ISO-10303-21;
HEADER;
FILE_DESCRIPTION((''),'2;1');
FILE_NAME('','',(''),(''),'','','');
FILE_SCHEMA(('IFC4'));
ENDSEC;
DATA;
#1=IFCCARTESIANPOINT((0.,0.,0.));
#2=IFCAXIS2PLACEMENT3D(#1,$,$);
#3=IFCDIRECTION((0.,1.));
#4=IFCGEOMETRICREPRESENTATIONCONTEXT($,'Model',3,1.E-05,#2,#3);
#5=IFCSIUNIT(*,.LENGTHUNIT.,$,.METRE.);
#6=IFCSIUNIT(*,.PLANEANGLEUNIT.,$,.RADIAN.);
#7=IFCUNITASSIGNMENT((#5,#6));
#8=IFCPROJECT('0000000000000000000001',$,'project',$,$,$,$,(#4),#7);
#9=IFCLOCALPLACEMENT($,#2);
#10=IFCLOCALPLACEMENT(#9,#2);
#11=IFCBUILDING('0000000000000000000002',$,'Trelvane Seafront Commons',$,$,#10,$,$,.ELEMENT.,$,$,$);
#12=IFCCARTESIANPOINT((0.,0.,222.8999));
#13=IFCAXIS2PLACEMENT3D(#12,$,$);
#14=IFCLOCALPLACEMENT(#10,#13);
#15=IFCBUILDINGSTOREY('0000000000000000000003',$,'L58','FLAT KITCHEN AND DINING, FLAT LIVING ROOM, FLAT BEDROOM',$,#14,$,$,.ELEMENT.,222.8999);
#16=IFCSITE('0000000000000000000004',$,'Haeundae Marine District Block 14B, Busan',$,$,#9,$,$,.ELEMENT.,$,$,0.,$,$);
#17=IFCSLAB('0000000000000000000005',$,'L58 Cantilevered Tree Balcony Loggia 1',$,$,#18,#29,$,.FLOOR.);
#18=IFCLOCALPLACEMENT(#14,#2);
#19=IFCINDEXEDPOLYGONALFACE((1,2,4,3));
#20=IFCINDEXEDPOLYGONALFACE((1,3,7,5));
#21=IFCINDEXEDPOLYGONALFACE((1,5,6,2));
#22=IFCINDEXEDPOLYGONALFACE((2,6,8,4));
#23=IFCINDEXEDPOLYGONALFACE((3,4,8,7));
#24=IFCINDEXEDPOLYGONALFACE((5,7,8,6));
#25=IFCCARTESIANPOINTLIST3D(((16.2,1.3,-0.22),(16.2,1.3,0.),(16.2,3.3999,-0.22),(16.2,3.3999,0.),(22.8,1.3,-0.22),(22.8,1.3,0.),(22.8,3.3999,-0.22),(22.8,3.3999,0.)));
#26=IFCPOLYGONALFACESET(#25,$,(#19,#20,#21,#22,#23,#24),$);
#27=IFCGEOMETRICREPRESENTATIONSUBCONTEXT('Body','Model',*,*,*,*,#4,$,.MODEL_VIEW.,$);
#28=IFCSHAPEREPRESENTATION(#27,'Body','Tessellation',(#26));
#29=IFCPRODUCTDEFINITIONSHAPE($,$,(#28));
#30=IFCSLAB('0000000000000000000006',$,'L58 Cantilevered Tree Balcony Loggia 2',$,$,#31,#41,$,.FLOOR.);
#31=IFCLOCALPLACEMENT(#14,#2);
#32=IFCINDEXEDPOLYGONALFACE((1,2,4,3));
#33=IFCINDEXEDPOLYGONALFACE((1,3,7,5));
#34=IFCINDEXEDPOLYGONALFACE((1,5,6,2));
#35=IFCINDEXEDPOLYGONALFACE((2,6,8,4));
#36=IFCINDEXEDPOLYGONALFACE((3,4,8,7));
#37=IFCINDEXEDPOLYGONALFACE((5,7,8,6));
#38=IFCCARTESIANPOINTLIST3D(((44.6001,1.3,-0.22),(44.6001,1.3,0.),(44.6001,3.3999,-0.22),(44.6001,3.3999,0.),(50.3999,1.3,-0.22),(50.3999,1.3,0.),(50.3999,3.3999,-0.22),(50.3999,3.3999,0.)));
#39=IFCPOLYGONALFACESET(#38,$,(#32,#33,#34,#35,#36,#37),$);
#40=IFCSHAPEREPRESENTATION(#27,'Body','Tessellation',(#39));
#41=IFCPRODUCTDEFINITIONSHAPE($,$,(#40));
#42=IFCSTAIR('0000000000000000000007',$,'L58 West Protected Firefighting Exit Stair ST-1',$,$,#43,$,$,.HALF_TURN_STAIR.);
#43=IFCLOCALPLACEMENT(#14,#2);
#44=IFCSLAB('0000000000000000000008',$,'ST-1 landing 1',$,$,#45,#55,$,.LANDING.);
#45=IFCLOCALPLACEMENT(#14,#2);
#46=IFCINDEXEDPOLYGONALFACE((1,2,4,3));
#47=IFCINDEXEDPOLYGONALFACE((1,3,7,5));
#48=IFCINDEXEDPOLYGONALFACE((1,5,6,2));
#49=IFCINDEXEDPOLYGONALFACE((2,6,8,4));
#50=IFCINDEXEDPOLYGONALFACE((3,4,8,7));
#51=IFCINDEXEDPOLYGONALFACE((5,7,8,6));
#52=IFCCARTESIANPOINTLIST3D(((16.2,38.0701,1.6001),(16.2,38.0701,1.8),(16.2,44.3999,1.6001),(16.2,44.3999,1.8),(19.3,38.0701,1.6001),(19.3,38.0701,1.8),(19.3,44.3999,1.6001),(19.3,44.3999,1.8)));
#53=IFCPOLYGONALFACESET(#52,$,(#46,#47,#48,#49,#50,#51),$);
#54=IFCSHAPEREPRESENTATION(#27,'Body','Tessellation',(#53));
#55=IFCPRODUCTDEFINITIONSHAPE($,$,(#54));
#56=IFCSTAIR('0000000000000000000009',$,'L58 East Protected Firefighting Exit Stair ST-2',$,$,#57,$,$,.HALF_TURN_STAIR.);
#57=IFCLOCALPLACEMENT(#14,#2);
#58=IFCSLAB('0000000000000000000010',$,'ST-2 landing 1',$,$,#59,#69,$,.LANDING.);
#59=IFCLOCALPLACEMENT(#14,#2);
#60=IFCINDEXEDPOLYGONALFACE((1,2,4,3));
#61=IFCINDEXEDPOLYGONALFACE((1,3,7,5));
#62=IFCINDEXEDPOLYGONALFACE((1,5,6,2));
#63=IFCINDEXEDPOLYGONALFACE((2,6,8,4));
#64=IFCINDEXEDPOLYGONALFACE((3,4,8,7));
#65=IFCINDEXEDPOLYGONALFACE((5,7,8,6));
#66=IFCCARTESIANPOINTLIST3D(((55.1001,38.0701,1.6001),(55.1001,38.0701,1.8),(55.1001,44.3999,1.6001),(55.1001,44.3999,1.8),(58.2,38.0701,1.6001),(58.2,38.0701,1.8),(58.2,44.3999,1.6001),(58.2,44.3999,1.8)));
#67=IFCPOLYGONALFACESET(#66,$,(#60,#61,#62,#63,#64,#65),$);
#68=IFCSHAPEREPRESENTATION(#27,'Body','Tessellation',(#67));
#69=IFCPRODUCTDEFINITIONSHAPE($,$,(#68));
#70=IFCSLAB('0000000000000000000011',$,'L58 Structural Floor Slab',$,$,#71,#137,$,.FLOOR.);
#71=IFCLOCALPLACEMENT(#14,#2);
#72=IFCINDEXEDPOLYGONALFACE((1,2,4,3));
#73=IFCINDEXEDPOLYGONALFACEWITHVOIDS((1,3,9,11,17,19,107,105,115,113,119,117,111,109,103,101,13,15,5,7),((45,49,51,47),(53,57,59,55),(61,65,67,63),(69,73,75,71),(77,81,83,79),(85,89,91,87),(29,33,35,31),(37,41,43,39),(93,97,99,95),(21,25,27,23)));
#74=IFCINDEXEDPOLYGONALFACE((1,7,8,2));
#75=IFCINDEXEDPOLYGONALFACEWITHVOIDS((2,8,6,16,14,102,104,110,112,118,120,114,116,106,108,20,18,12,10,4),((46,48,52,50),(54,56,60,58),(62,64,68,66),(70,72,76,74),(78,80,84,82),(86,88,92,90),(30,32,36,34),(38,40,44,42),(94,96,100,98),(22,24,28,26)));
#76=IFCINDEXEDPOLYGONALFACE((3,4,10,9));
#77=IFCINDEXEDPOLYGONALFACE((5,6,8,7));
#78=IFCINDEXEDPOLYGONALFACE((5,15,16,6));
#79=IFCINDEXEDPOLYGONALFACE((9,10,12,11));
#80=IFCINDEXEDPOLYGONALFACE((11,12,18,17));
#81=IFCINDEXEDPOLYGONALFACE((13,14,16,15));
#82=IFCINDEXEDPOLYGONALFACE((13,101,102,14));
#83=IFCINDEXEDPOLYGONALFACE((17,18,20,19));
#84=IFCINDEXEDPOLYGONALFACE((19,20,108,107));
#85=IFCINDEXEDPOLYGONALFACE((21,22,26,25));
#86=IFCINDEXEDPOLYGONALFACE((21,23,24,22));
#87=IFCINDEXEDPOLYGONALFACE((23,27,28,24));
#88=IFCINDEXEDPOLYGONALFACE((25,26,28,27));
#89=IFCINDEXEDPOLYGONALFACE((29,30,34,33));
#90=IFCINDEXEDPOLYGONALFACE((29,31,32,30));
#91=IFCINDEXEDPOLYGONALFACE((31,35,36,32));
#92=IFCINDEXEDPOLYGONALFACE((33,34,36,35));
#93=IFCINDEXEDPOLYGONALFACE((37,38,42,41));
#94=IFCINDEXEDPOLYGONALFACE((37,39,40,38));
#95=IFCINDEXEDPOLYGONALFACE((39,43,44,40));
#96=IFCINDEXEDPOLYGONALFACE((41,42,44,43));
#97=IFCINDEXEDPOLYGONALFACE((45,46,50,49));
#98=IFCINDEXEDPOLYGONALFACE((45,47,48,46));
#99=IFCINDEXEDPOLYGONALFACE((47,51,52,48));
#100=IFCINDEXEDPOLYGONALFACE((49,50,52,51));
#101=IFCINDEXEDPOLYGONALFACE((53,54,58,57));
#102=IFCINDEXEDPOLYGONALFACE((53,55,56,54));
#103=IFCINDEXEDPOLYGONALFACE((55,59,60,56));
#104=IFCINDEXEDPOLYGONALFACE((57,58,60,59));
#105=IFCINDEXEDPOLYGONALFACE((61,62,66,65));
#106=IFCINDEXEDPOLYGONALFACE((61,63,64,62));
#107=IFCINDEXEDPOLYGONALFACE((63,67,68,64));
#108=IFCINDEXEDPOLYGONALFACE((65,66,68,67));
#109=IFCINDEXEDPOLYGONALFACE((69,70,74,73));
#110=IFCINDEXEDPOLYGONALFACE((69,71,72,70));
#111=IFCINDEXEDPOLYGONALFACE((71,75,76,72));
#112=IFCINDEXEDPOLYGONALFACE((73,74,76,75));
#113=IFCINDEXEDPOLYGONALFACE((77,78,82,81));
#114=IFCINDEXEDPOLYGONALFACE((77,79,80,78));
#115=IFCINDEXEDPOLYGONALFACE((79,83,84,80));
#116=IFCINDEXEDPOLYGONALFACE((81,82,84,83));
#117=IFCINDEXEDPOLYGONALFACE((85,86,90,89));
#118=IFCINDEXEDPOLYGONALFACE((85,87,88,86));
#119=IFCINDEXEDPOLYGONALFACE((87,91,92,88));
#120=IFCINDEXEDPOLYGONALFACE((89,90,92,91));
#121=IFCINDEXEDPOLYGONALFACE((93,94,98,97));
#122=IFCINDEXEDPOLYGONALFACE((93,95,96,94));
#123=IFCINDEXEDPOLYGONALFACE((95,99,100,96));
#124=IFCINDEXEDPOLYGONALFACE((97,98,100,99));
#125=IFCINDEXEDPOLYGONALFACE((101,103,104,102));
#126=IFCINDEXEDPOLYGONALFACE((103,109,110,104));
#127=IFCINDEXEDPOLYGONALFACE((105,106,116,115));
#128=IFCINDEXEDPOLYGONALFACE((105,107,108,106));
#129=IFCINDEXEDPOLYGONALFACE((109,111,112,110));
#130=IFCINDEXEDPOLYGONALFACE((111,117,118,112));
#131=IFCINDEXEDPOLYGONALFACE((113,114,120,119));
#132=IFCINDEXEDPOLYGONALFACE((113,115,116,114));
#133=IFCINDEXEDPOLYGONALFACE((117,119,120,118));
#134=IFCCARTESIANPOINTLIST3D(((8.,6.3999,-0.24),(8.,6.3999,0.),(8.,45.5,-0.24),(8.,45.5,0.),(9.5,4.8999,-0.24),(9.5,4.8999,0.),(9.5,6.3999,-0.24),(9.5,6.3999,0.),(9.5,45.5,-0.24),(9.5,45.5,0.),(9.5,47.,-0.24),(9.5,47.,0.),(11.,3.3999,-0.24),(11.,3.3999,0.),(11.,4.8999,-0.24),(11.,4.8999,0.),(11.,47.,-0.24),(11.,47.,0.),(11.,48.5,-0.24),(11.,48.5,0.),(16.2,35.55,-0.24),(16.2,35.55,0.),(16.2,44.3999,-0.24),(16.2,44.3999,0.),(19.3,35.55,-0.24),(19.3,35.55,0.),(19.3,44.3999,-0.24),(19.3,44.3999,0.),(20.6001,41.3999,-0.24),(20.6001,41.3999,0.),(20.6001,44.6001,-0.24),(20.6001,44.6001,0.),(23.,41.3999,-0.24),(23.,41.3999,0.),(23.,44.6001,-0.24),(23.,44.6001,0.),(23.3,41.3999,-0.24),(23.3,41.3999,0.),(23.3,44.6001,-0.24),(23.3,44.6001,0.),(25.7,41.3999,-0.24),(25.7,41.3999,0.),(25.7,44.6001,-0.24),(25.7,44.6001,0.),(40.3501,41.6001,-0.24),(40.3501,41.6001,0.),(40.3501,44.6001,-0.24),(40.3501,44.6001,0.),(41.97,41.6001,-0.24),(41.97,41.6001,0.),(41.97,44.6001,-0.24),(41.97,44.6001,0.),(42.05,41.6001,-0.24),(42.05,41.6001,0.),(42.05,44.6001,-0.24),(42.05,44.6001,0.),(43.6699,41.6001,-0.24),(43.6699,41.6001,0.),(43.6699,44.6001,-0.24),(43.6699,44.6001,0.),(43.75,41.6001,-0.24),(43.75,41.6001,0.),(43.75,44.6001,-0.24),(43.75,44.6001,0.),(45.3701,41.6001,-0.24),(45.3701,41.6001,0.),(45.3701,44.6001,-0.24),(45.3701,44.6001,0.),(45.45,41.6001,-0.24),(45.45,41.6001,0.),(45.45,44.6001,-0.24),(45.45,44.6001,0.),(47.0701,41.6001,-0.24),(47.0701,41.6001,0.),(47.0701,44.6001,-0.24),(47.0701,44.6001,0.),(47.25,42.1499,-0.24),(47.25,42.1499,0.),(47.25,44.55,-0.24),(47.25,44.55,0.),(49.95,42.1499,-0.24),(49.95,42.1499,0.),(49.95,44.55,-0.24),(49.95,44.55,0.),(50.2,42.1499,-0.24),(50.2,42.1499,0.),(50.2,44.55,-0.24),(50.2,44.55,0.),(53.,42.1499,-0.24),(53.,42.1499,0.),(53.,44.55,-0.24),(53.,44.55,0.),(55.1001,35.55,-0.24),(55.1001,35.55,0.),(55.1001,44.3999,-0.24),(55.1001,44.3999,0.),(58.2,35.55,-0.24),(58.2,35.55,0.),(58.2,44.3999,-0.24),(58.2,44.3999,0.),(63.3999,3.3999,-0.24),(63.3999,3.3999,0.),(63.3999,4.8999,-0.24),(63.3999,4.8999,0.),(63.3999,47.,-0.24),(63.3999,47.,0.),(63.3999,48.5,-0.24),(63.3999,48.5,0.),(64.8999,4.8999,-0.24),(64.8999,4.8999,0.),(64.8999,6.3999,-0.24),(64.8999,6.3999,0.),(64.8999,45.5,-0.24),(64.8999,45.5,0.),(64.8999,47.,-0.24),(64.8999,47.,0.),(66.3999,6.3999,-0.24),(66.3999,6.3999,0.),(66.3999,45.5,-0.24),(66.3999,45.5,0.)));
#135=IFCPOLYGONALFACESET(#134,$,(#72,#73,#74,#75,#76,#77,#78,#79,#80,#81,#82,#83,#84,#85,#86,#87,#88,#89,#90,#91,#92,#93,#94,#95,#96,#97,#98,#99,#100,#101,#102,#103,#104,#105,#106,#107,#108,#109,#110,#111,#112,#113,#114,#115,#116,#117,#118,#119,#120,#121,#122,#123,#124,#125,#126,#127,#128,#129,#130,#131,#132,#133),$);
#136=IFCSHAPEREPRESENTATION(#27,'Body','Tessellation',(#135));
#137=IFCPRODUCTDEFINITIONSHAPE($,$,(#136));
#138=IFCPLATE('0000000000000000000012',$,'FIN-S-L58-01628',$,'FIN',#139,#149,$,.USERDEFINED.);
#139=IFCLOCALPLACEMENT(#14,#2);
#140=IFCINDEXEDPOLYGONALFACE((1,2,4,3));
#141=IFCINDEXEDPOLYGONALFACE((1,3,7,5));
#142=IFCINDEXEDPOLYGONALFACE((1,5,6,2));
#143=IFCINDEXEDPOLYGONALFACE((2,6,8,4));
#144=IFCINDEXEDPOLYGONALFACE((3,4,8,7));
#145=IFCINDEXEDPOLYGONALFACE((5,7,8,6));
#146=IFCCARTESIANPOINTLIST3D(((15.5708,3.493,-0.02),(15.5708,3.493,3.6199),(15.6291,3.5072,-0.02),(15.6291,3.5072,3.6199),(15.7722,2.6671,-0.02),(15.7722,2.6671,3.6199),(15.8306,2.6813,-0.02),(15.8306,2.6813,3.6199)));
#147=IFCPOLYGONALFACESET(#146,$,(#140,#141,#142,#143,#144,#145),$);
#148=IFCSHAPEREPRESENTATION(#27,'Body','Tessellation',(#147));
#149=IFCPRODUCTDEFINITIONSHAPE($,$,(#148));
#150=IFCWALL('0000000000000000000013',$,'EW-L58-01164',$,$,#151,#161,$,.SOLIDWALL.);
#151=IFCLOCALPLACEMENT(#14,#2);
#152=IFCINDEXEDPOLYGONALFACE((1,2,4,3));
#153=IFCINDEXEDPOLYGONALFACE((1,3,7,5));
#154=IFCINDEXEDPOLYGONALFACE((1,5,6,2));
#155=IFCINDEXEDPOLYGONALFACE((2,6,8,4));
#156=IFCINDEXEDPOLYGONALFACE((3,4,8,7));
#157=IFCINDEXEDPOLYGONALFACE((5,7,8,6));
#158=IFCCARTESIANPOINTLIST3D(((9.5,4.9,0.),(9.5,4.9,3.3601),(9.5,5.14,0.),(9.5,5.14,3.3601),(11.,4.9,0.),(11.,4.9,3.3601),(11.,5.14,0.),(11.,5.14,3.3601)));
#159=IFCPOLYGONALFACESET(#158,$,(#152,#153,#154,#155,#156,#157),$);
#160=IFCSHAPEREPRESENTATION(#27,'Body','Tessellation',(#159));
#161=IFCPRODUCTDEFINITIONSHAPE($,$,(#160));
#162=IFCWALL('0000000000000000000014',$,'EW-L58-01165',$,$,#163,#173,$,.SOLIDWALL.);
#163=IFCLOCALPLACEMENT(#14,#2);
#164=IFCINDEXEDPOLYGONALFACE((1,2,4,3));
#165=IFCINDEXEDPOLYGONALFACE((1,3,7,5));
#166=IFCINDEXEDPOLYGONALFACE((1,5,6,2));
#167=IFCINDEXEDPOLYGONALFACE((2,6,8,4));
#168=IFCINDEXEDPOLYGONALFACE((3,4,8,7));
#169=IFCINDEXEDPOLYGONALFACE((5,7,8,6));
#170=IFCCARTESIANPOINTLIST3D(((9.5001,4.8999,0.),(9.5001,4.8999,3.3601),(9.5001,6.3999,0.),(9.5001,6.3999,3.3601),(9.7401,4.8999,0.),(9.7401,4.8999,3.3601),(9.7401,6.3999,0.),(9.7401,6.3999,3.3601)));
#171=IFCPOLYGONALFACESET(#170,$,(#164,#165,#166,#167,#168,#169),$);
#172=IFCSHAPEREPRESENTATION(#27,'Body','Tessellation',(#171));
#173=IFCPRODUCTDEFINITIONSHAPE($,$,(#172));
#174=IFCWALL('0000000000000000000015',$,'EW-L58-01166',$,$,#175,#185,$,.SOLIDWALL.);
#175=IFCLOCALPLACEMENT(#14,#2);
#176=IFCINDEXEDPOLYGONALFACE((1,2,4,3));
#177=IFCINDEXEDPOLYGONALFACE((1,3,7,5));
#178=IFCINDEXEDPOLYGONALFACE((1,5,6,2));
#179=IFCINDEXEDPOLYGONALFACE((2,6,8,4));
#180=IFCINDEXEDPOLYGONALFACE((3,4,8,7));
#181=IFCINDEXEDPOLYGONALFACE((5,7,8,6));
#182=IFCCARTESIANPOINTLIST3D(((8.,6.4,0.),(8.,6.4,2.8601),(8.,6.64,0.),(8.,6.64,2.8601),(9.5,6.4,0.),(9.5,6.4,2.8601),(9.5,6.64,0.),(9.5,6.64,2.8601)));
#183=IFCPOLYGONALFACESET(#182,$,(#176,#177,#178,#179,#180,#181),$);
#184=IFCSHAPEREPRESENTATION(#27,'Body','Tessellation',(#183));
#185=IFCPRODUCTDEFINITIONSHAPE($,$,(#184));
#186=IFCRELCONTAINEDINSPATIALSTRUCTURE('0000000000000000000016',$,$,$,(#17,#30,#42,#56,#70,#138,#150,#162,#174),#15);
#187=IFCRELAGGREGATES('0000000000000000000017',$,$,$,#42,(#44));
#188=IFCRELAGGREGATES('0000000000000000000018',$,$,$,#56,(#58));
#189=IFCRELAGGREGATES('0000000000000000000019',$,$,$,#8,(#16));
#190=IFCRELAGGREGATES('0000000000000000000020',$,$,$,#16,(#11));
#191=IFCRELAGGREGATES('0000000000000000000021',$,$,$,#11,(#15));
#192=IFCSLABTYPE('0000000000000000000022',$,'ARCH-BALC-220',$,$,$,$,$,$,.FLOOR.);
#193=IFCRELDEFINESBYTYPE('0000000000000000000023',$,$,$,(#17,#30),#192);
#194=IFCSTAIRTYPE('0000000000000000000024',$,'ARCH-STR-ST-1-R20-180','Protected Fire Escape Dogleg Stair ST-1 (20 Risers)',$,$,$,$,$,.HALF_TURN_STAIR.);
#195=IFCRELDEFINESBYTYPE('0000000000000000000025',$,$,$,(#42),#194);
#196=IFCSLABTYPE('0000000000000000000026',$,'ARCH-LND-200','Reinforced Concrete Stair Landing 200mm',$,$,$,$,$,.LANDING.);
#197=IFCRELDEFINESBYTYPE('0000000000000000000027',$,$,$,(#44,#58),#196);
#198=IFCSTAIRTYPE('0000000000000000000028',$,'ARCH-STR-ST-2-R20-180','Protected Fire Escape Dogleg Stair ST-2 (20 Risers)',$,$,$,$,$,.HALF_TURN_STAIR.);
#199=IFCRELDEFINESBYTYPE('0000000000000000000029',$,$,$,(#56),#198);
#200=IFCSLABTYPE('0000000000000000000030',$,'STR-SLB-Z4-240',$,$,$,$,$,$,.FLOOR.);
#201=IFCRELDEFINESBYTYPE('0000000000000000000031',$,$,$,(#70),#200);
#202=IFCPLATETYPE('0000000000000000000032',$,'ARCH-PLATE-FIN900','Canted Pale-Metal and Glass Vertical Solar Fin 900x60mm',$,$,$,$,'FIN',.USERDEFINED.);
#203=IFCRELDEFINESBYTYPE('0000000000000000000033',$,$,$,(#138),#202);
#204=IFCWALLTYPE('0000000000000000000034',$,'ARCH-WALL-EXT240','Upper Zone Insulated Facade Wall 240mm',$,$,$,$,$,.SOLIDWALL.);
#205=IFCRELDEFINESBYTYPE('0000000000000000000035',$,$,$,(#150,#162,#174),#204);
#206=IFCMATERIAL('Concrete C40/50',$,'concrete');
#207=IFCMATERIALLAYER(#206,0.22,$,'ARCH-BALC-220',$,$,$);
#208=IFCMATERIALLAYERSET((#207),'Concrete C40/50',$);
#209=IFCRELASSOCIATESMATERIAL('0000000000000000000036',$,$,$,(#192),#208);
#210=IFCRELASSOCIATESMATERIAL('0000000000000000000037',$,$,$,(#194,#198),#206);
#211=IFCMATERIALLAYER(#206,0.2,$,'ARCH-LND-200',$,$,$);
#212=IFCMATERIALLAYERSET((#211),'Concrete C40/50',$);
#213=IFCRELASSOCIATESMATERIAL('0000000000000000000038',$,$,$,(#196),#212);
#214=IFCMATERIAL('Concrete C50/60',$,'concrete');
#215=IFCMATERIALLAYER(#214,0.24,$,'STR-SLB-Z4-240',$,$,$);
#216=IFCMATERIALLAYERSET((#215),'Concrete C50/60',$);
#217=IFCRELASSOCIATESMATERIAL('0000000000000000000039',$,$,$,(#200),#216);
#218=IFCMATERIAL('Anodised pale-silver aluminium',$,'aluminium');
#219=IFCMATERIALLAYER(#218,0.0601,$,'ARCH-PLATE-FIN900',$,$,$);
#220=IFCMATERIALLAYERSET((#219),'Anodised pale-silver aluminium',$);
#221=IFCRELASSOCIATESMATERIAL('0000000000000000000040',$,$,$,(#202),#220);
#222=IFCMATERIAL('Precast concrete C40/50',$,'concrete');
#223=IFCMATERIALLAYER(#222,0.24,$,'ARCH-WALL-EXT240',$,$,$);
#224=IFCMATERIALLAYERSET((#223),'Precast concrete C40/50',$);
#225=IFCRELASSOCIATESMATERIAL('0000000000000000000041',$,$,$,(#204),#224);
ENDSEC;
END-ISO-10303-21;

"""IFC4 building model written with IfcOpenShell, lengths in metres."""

from ifc_helpers import new_model, si_unit, direction, frame, frame_2d, origin, origin_2d, place, context, subcontext, project, spatial, polyline, rectangle, outline, extrude, source, transform, mapped, material, layer, layer_set, type_object, element, aggregate, save


model = new_model("IFC4")

# Units and contexts
model_context = context("Model", 3, precision=1e-05, world=origin(), true_north=direction((0.0, 1.0)))
body_context = subcontext(model_context, "Body", "Model", "MODEL_VIEW")
ifc_project = project(units=[si_unit("LENGTHUNIT", "METRE"), si_unit("PLANEANGLEUNIT", "RADIAN")], contexts=[model_context])

# Site, building, storey
site_placement = place(None, origin())
site = spatial("IfcSite", under=ifc_project, at=site_placement, Name="Haeundae Marine District Block 14B, Busan", CompositionType="ELEMENT", RefElevation=0.0)
building_placement = place(site_placement, origin())
building = spatial("IfcBuilding", under=site, at=building_placement, Name="Trelvane Seafront Commons", CompositionType="ELEMENT")
storey_placement = place(building_placement, frame((0.0, 0.0, 222.8999)))
storey = spatial("IfcBuildingStorey", under=building, at=storey_placement, Name="L58", Description="FLAT KITCHEN AND DINING, FLAT LIVING ROOM, FLAT BEDROOM", CompositionType="ELEMENT", Elevation=222.8999)

# Slabs
ifc_material_1 = material(Name="Concrete C40/50", Category="concrete")
ifc_layer_1 = layer(ifc_material_1, 0.22, Name="ARCH-BALC-220")
ifc_layer_set_1 = layer_set([ifc_layer_1], Name="Concrete C40/50")
slab_type_1 = type_object("IfcSlabType", Name="ARCH-BALC-220", PredefinedType="FLOOR", material=ifc_layer_set_1)
slab_1_placement = place(storey_placement, frame((0.0, 0.0, -0.22)))
element("IfcSlab", 1, at=slab_1_placement, inside=storey, type_object=slab_type_1, Name="L58 Cantilevered Tree Balcony Loggia 1", PredefinedType="FLOOR", context=body_context, shape_type="SweptSolid", body=[
    extrude(outline(polyline([(16.2, 1.3), (22.8, 1.3), (22.8, 3.3999), (16.2, 3.3999), (16.2, 1.3)])), origin(), (0.0, 0.0, 1.0), 0.22),
])
slab_2_placement = place(storey_placement, frame((0.0, 0.0, -0.22)))
element("IfcSlab", 2, at=slab_2_placement, inside=storey, type_object=slab_type_1, Name="L58 Cantilevered Tree Balcony Loggia 2", PredefinedType="FLOOR", context=body_context, shape_type="SweptSolid", body=[
    extrude(outline(polyline([(44.6001, 1.3), (50.3999, 1.3), (50.3999, 3.3999), (44.6001, 3.3999), (44.6001, 1.3)])), origin(), (0.0, 0.0, 1.0), 0.22),
])

# Stairs, slabs
stair_type_1 = type_object("IfcStairType", Name="ARCH-STR-ST-1-R20-180", Description="Protected Fire Escape Dogleg Stair ST-1 (20 Risers)", PredefinedType="HALF_TURN_STAIR", material=ifc_material_1)
stair_1_placement = place(storey_placement, origin())
stair_1 = element("IfcStair", 3, at=stair_1_placement, inside=storey, type_object=stair_type_1, Name="L58 West Protected Firefighting Exit Stair ST-1", PredefinedType="HALF_TURN_STAIR")
ifc_layer_2 = layer(ifc_material_1, 0.2, Name="ARCH-LND-200")
ifc_layer_set_2 = layer_set([ifc_layer_2], Name="Concrete C40/50")
slab_type_2 = type_object("IfcSlabType", Name="ARCH-LND-200", Description="Reinforced Concrete Stair Landing 200mm", PredefinedType="LANDING", material=ifc_layer_set_2)
slab_3_placement = place(storey_placement, frame((0.0, 0.0, 1.6001)))
slab_3 = element("IfcSlab", 4, at=slab_3_placement, type_object=slab_type_2, Name="ST-1 landing 1", PredefinedType="LANDING", context=body_context, shape_type="SweptSolid", body=[
    extrude(outline(polyline([(19.3, 38.0701), (19.3, 44.3999), (16.2, 44.3999), (16.2, 38.0701), (19.3, 38.0701)])), origin(), (0.0, 0.0, 1.0), 0.2),
])
aggregate(stair_1, [slab_3])
stair_type_2 = type_object("IfcStairType", Name="ARCH-STR-ST-2-R20-180", Description="Protected Fire Escape Dogleg Stair ST-2 (20 Risers)", PredefinedType="HALF_TURN_STAIR", material=ifc_material_1)
stair_2_placement = place(storey_placement, origin())
stair_2 = element("IfcStair", 5, at=stair_2_placement, inside=storey, type_object=stair_type_2, Name="L58 East Protected Firefighting Exit Stair ST-2", PredefinedType="HALF_TURN_STAIR")
slab_4_placement = place(storey_placement, frame((0.0, 0.0, 1.6001)))
slab_4 = element("IfcSlab", 6, at=slab_4_placement, type_object=slab_type_2, Name="ST-2 landing 1", PredefinedType="LANDING", context=body_context, shape_type="SweptSolid", body=[
    extrude(outline(polyline([(58.2, 38.0701), (58.2, 44.3999), (55.1001, 44.3999), (55.1001, 38.0701), (58.2, 38.0701)])), origin(), (0.0, 0.0, 1.0), 0.2),
])
aggregate(stair_2, [slab_4])

# Slab
ifc_material_2 = material(Name="Concrete C50/60", Category="concrete")
ifc_layer_3 = layer(ifc_material_2, 0.24, Name="STR-SLB-Z4-240")
ifc_layer_set_3 = layer_set([ifc_layer_3], Name="Concrete C50/60")
slab_type_3 = type_object("IfcSlabType", Name="STR-SLB-Z4-240", PredefinedType="FLOOR", material=ifc_layer_set_3)
slab_5_placement = place(storey_placement, frame((0.0, 0.0, -0.24)))
element("IfcSlab", 7, at=slab_5_placement, inside=storey, type_object=slab_type_3, Name="L58 Structural Floor Slab", PredefinedType="FLOOR", context=body_context, shape_type="SweptSolid", body=[
    extrude(outline(polyline([(11.0, 3.3999), (63.3999, 3.3999), (63.3999, 4.8999), (64.8999, 4.8999), (64.8999, 6.3999), (66.3999, 6.3999), (66.3999, 45.5), (64.8999, 45.5), (64.8999, 47.0), (63.3999, 47.0), (63.3999, 48.5), (11.0, 48.5), (11.0, 47.0), (9.5, 47.0), (9.5, 45.5), (8.0, 45.5), (8.0, 6.3999), (9.5, 6.3999), (9.5, 4.8999), (11.0, 4.8999), (11.0, 3.3999)]), holes=[polyline([(19.3, 35.55), (16.2, 35.55), (16.2, 44.3999), (19.3, 44.3999), (19.3, 35.55)]), polyline([(58.2, 35.55), (55.1001, 35.55), (55.1001, 44.3999), (58.2, 44.3999), (58.2, 35.55)]), polyline([(23.0, 41.3999), (20.6001, 41.3999), (20.6001, 44.6001), (23.0, 44.6001), (23.0, 41.3999)]), polyline([(23.3, 41.3999), (23.3, 44.6001), (25.7, 44.6001), (25.7, 41.3999), (23.3, 41.3999)]), polyline([(40.3501, 41.6001), (40.3501, 44.6001), (41.97, 44.6001), (41.97, 41.6001), (40.3501, 41.6001)]), polyline([(43.6699, 41.6001), (42.05, 41.6001), (42.05, 44.6001), (43.6699, 44.6001), (43.6699, 41.6001)]), polyline([(45.3701, 41.6001), (43.75, 41.6001), (43.75, 44.6001), (45.3701, 44.6001), (45.3701, 41.6001)]), polyline([(47.0701, 41.6001), (45.45, 41.6001), (45.45, 44.6001), (47.0701, 44.6001), (47.0701, 41.6001)]), polyline([(47.25, 42.1499), (47.25, 44.55), (49.95, 44.55), (49.95, 42.1499), (47.25, 42.1499)]), polyline([(50.2, 42.1499), (50.2, 44.55), (53.0, 44.55), (53.0, 42.1499), (50.2, 42.1499)])]), origin(), (0.0, 0.0, 1.0), 0.24),
])

# Plate
ifc_material_3 = material(Name="Anodised pale-silver aluminium", Category="aluminium")
ifc_layer_4 = layer(ifc_material_3, 0.0601, Name="ARCH-PLATE-FIN900")
ifc_layer_set_4 = layer_set([ifc_layer_4], Name="Anodised pale-silver aluminium")
plate_type = type_object("IfcPlateType", Name="ARCH-PLATE-FIN900", Description="Canted Pale-Metal and Glass Vertical Solar Fin 900x60mm", ElementType="FIN", PredefinedType="USERDEFINED", material=ifc_layer_set_4)
shared_shape_1 = source(origin(), body_context, "Body", "SweptSolid", [
    extrude(rectangle(XDim=0.8501, YDim=0.0601, at=origin_2d()), origin(), (0.0, 0.0, 1.0), 3.6399),
])
plate_placement = place(storey_placement, frame((15.7007, 3.0872, -0.02), z_axis=(0.0, 0.0, 1.0), x_axis=(0.23694, -0.971524, 0.0)))
element("IfcPlate", 8, at=plate_placement, inside=storey, type_object=plate_type, Name="FIN-S-L58-01628", ObjectType="FIN", PredefinedType="USERDEFINED", context=body_context, shape_type="MappedRepresentation", body=[
    mapped(shared_shape_1, transform((0.0, 0.0, 0.0), x_axis=(1.0, 0.0, 0.0), y_axis=(0.0, 1.0, 0.0), z_axis=(0.0, 0.0, 1.0), scale=1.0)),
])

# Walls
ifc_material_4 = material(Name="Precast concrete C40/50", Category="concrete")
ifc_layer_5 = layer(ifc_material_4, 0.24, Name="ARCH-WALL-EXT240")
ifc_layer_set_5 = layer_set([ifc_layer_5], Name="Precast concrete C40/50")
wall_type_1 = type_object("IfcWallType", Name="ARCH-WALL-EXT240", Description="Upper Zone Insulated Facade Wall 240mm", PredefinedType="SOLIDWALL", material=ifc_layer_set_5)
for number, where, z_axis, x_axis, name in (
    (9, (11.0, 5.02, 0.0), (0.0, 0.0, 1.0), (-1.0, 0.0, 0.0), "EW-L58-01164"),
    (10, (9.6201, 4.8999, 0.0), (0.0, 0.0, 1.0), (0.0, 1.0, 0.0), "EW-L58-01165"),
):
    element("IfcWall", number, at=place(storey_placement, frame(where, z_axis=z_axis, x_axis=x_axis)), inside=storey, type_object=wall_type_1, Name=name, PredefinedType="SOLIDWALL", context=body_context, shape_type="SweptSolid", body=[
        extrude(rectangle(XDim=1.5, YDim=0.24, at=frame_2d((0.75, 0.0))), origin(), (0.0, 0.0, 1.0), 3.3601),
    ])
wall_1_placement = place(storey_placement, frame((9.5, 6.52, 0.0), z_axis=(0.0, 0.0, 1.0), x_axis=(-1.0, 0.0, 0.0)))
element("IfcWall", 11, at=wall_1_placement, inside=storey, type_object=wall_type_1, Name="EW-L58-01166", PredefinedType="SOLIDWALL", context=body_context, shape_type="SweptSolid", body=[
    extrude(rectangle(XDim=1.5, YDim=0.24, at=frame_2d((0.75, 0.0))), origin(), (0.0, 0.0, 1.0), 2.8601),
])

save(model, "model.ifc")
